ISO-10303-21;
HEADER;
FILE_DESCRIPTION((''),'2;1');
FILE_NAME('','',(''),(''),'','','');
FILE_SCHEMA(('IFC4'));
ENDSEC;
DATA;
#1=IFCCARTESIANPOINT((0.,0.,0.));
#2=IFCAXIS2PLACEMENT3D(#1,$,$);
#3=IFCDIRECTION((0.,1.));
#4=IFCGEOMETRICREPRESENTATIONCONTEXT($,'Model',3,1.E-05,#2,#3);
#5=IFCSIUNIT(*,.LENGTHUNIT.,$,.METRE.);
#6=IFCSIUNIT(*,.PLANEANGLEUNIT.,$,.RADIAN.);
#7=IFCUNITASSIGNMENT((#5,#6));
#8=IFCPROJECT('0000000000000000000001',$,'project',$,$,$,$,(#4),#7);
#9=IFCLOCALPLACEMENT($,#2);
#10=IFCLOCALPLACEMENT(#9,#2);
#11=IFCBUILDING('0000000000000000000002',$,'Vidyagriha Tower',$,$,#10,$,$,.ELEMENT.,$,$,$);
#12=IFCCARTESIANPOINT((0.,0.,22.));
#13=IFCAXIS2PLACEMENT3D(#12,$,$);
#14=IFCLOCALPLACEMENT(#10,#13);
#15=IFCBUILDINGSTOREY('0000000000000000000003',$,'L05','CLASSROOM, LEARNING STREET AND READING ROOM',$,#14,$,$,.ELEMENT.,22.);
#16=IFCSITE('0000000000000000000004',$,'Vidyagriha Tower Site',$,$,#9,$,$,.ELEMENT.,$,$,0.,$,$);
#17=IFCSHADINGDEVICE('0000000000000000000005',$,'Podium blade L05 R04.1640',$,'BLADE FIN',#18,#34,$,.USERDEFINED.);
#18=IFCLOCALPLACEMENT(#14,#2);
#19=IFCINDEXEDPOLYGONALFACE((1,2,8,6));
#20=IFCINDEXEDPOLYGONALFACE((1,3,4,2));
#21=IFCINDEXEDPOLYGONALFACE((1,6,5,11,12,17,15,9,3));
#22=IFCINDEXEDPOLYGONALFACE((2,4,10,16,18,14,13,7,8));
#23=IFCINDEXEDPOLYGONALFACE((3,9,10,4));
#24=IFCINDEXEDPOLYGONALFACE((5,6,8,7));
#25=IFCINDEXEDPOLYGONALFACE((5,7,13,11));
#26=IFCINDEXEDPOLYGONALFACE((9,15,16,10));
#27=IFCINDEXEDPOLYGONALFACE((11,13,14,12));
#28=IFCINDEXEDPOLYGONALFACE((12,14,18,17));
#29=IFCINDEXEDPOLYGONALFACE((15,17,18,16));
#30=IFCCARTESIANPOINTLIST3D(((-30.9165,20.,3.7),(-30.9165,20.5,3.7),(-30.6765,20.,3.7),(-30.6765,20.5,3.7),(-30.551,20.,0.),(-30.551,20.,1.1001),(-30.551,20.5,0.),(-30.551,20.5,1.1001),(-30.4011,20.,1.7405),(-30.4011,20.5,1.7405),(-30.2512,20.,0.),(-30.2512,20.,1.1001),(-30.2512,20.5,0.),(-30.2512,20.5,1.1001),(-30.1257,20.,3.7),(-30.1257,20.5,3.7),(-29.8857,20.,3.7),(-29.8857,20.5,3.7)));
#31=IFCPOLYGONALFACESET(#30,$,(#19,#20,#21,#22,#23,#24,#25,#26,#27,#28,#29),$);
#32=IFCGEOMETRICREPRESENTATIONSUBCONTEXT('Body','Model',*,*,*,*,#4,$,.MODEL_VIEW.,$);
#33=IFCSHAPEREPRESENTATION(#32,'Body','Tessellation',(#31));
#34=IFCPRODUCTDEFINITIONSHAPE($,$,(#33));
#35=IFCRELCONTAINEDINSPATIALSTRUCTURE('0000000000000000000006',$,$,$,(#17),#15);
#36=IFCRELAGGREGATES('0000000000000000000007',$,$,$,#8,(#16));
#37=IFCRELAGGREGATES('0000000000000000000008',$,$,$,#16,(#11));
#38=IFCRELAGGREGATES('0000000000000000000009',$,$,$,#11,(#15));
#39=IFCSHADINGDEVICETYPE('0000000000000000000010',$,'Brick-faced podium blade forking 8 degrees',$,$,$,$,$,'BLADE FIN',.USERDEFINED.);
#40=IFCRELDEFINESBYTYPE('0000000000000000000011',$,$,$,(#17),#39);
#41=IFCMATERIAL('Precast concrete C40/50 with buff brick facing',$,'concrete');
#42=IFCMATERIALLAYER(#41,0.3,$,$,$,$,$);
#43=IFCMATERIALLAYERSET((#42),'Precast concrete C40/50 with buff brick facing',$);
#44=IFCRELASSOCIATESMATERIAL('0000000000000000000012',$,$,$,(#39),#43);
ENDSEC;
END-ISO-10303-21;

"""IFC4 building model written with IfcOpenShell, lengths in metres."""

from ifc_helpers import new_model, si_unit, direction, frame, origin, place, context, subcontext, project, spatial, polyline, outline, extrude, material, layer, layer_set, type_object, element, save


model = new_model("IFC4")

# Units and contexts
model_context = context("Model", 3, precision=1e-05, world=origin(), true_north=direction((0.0, 1.0)))
body_context = subcontext(model_context, "Body", "Model", "MODEL_VIEW")
ifc_project = project(units=[si_unit("LENGTHUNIT", "METRE"), si_unit("PLANEANGLEUNIT", "RADIAN")], contexts=[model_context])

# Site, building, storey
site_placement = place(None, origin())
site = spatial("IfcSite", under=ifc_project, at=site_placement, Name="Vidyagriha Tower Site", CompositionType="ELEMENT", RefElevation=0.0)
building_placement = place(site_placement, origin())
building = spatial("IfcBuilding", under=site, at=building_placement, Name="Vidyagriha Tower", CompositionType="ELEMENT")
storey_placement = place(building_placement, frame((0.0, 0.0, 22.0)))
storey = spatial("IfcBuildingStorey", under=building, at=storey_placement, Name="L05", Description="CLASSROOM, LEARNING STREET AND READING ROOM", CompositionType="ELEMENT", Elevation=22.0)

# Shading device
ifc_material_1 = material(Name="Precast concrete C40/50 with buff brick facing", Category="concrete")
ifc_layer_1 = layer(ifc_material_1, 0.3)
ifc_layer_set_1 = layer_set([ifc_layer_1], Name="Precast concrete C40/50 with buff brick facing")
shading_device_type_1 = type_object("IfcShadingDeviceType", Name="Brick-faced podium blade forking 8 degrees", ElementType="BLADE FIN", PredefinedType="USERDEFINED", material=ifc_layer_set_1)
for number, where, z_axis, x_axis, name in (
    (1, (-29.8857, 20.25, 0.0), (0.0, 0.0, 1.0), (-1.0, 0.0, 0.0), "Podium blade L05 R04.1640"),
):
    element("IfcShadingDevice", number, at=place(storey_placement, frame(where, z_axis=z_axis, x_axis=x_axis)), inside=storey, type_object=shading_device_type_1, Name=name, ObjectType="BLADE FIN", PredefinedType="USERDEFINED", context=body_context, shape_type="SweptSolid", body=[
        extrude(outline(polyline([(0.6653, 0.0), (0.6653, 1.1001), (1.0308, 3.7), (0.7908, 3.7), (0.5154, 1.7405), (0.24, 3.7), (0.0, 3.7), (0.3655, 1.1001), (0.3655, 0.0), (0.6653, 0.0)])), frame((0.0, 0.25, 0.0), z_axis=(0.0, -1.0, 0.0), x_axis=(1.0, 0.0, 0.0)), (0.0, 0.0, 1.0), 0.5),
    ])

save(model, "model.ifc")
